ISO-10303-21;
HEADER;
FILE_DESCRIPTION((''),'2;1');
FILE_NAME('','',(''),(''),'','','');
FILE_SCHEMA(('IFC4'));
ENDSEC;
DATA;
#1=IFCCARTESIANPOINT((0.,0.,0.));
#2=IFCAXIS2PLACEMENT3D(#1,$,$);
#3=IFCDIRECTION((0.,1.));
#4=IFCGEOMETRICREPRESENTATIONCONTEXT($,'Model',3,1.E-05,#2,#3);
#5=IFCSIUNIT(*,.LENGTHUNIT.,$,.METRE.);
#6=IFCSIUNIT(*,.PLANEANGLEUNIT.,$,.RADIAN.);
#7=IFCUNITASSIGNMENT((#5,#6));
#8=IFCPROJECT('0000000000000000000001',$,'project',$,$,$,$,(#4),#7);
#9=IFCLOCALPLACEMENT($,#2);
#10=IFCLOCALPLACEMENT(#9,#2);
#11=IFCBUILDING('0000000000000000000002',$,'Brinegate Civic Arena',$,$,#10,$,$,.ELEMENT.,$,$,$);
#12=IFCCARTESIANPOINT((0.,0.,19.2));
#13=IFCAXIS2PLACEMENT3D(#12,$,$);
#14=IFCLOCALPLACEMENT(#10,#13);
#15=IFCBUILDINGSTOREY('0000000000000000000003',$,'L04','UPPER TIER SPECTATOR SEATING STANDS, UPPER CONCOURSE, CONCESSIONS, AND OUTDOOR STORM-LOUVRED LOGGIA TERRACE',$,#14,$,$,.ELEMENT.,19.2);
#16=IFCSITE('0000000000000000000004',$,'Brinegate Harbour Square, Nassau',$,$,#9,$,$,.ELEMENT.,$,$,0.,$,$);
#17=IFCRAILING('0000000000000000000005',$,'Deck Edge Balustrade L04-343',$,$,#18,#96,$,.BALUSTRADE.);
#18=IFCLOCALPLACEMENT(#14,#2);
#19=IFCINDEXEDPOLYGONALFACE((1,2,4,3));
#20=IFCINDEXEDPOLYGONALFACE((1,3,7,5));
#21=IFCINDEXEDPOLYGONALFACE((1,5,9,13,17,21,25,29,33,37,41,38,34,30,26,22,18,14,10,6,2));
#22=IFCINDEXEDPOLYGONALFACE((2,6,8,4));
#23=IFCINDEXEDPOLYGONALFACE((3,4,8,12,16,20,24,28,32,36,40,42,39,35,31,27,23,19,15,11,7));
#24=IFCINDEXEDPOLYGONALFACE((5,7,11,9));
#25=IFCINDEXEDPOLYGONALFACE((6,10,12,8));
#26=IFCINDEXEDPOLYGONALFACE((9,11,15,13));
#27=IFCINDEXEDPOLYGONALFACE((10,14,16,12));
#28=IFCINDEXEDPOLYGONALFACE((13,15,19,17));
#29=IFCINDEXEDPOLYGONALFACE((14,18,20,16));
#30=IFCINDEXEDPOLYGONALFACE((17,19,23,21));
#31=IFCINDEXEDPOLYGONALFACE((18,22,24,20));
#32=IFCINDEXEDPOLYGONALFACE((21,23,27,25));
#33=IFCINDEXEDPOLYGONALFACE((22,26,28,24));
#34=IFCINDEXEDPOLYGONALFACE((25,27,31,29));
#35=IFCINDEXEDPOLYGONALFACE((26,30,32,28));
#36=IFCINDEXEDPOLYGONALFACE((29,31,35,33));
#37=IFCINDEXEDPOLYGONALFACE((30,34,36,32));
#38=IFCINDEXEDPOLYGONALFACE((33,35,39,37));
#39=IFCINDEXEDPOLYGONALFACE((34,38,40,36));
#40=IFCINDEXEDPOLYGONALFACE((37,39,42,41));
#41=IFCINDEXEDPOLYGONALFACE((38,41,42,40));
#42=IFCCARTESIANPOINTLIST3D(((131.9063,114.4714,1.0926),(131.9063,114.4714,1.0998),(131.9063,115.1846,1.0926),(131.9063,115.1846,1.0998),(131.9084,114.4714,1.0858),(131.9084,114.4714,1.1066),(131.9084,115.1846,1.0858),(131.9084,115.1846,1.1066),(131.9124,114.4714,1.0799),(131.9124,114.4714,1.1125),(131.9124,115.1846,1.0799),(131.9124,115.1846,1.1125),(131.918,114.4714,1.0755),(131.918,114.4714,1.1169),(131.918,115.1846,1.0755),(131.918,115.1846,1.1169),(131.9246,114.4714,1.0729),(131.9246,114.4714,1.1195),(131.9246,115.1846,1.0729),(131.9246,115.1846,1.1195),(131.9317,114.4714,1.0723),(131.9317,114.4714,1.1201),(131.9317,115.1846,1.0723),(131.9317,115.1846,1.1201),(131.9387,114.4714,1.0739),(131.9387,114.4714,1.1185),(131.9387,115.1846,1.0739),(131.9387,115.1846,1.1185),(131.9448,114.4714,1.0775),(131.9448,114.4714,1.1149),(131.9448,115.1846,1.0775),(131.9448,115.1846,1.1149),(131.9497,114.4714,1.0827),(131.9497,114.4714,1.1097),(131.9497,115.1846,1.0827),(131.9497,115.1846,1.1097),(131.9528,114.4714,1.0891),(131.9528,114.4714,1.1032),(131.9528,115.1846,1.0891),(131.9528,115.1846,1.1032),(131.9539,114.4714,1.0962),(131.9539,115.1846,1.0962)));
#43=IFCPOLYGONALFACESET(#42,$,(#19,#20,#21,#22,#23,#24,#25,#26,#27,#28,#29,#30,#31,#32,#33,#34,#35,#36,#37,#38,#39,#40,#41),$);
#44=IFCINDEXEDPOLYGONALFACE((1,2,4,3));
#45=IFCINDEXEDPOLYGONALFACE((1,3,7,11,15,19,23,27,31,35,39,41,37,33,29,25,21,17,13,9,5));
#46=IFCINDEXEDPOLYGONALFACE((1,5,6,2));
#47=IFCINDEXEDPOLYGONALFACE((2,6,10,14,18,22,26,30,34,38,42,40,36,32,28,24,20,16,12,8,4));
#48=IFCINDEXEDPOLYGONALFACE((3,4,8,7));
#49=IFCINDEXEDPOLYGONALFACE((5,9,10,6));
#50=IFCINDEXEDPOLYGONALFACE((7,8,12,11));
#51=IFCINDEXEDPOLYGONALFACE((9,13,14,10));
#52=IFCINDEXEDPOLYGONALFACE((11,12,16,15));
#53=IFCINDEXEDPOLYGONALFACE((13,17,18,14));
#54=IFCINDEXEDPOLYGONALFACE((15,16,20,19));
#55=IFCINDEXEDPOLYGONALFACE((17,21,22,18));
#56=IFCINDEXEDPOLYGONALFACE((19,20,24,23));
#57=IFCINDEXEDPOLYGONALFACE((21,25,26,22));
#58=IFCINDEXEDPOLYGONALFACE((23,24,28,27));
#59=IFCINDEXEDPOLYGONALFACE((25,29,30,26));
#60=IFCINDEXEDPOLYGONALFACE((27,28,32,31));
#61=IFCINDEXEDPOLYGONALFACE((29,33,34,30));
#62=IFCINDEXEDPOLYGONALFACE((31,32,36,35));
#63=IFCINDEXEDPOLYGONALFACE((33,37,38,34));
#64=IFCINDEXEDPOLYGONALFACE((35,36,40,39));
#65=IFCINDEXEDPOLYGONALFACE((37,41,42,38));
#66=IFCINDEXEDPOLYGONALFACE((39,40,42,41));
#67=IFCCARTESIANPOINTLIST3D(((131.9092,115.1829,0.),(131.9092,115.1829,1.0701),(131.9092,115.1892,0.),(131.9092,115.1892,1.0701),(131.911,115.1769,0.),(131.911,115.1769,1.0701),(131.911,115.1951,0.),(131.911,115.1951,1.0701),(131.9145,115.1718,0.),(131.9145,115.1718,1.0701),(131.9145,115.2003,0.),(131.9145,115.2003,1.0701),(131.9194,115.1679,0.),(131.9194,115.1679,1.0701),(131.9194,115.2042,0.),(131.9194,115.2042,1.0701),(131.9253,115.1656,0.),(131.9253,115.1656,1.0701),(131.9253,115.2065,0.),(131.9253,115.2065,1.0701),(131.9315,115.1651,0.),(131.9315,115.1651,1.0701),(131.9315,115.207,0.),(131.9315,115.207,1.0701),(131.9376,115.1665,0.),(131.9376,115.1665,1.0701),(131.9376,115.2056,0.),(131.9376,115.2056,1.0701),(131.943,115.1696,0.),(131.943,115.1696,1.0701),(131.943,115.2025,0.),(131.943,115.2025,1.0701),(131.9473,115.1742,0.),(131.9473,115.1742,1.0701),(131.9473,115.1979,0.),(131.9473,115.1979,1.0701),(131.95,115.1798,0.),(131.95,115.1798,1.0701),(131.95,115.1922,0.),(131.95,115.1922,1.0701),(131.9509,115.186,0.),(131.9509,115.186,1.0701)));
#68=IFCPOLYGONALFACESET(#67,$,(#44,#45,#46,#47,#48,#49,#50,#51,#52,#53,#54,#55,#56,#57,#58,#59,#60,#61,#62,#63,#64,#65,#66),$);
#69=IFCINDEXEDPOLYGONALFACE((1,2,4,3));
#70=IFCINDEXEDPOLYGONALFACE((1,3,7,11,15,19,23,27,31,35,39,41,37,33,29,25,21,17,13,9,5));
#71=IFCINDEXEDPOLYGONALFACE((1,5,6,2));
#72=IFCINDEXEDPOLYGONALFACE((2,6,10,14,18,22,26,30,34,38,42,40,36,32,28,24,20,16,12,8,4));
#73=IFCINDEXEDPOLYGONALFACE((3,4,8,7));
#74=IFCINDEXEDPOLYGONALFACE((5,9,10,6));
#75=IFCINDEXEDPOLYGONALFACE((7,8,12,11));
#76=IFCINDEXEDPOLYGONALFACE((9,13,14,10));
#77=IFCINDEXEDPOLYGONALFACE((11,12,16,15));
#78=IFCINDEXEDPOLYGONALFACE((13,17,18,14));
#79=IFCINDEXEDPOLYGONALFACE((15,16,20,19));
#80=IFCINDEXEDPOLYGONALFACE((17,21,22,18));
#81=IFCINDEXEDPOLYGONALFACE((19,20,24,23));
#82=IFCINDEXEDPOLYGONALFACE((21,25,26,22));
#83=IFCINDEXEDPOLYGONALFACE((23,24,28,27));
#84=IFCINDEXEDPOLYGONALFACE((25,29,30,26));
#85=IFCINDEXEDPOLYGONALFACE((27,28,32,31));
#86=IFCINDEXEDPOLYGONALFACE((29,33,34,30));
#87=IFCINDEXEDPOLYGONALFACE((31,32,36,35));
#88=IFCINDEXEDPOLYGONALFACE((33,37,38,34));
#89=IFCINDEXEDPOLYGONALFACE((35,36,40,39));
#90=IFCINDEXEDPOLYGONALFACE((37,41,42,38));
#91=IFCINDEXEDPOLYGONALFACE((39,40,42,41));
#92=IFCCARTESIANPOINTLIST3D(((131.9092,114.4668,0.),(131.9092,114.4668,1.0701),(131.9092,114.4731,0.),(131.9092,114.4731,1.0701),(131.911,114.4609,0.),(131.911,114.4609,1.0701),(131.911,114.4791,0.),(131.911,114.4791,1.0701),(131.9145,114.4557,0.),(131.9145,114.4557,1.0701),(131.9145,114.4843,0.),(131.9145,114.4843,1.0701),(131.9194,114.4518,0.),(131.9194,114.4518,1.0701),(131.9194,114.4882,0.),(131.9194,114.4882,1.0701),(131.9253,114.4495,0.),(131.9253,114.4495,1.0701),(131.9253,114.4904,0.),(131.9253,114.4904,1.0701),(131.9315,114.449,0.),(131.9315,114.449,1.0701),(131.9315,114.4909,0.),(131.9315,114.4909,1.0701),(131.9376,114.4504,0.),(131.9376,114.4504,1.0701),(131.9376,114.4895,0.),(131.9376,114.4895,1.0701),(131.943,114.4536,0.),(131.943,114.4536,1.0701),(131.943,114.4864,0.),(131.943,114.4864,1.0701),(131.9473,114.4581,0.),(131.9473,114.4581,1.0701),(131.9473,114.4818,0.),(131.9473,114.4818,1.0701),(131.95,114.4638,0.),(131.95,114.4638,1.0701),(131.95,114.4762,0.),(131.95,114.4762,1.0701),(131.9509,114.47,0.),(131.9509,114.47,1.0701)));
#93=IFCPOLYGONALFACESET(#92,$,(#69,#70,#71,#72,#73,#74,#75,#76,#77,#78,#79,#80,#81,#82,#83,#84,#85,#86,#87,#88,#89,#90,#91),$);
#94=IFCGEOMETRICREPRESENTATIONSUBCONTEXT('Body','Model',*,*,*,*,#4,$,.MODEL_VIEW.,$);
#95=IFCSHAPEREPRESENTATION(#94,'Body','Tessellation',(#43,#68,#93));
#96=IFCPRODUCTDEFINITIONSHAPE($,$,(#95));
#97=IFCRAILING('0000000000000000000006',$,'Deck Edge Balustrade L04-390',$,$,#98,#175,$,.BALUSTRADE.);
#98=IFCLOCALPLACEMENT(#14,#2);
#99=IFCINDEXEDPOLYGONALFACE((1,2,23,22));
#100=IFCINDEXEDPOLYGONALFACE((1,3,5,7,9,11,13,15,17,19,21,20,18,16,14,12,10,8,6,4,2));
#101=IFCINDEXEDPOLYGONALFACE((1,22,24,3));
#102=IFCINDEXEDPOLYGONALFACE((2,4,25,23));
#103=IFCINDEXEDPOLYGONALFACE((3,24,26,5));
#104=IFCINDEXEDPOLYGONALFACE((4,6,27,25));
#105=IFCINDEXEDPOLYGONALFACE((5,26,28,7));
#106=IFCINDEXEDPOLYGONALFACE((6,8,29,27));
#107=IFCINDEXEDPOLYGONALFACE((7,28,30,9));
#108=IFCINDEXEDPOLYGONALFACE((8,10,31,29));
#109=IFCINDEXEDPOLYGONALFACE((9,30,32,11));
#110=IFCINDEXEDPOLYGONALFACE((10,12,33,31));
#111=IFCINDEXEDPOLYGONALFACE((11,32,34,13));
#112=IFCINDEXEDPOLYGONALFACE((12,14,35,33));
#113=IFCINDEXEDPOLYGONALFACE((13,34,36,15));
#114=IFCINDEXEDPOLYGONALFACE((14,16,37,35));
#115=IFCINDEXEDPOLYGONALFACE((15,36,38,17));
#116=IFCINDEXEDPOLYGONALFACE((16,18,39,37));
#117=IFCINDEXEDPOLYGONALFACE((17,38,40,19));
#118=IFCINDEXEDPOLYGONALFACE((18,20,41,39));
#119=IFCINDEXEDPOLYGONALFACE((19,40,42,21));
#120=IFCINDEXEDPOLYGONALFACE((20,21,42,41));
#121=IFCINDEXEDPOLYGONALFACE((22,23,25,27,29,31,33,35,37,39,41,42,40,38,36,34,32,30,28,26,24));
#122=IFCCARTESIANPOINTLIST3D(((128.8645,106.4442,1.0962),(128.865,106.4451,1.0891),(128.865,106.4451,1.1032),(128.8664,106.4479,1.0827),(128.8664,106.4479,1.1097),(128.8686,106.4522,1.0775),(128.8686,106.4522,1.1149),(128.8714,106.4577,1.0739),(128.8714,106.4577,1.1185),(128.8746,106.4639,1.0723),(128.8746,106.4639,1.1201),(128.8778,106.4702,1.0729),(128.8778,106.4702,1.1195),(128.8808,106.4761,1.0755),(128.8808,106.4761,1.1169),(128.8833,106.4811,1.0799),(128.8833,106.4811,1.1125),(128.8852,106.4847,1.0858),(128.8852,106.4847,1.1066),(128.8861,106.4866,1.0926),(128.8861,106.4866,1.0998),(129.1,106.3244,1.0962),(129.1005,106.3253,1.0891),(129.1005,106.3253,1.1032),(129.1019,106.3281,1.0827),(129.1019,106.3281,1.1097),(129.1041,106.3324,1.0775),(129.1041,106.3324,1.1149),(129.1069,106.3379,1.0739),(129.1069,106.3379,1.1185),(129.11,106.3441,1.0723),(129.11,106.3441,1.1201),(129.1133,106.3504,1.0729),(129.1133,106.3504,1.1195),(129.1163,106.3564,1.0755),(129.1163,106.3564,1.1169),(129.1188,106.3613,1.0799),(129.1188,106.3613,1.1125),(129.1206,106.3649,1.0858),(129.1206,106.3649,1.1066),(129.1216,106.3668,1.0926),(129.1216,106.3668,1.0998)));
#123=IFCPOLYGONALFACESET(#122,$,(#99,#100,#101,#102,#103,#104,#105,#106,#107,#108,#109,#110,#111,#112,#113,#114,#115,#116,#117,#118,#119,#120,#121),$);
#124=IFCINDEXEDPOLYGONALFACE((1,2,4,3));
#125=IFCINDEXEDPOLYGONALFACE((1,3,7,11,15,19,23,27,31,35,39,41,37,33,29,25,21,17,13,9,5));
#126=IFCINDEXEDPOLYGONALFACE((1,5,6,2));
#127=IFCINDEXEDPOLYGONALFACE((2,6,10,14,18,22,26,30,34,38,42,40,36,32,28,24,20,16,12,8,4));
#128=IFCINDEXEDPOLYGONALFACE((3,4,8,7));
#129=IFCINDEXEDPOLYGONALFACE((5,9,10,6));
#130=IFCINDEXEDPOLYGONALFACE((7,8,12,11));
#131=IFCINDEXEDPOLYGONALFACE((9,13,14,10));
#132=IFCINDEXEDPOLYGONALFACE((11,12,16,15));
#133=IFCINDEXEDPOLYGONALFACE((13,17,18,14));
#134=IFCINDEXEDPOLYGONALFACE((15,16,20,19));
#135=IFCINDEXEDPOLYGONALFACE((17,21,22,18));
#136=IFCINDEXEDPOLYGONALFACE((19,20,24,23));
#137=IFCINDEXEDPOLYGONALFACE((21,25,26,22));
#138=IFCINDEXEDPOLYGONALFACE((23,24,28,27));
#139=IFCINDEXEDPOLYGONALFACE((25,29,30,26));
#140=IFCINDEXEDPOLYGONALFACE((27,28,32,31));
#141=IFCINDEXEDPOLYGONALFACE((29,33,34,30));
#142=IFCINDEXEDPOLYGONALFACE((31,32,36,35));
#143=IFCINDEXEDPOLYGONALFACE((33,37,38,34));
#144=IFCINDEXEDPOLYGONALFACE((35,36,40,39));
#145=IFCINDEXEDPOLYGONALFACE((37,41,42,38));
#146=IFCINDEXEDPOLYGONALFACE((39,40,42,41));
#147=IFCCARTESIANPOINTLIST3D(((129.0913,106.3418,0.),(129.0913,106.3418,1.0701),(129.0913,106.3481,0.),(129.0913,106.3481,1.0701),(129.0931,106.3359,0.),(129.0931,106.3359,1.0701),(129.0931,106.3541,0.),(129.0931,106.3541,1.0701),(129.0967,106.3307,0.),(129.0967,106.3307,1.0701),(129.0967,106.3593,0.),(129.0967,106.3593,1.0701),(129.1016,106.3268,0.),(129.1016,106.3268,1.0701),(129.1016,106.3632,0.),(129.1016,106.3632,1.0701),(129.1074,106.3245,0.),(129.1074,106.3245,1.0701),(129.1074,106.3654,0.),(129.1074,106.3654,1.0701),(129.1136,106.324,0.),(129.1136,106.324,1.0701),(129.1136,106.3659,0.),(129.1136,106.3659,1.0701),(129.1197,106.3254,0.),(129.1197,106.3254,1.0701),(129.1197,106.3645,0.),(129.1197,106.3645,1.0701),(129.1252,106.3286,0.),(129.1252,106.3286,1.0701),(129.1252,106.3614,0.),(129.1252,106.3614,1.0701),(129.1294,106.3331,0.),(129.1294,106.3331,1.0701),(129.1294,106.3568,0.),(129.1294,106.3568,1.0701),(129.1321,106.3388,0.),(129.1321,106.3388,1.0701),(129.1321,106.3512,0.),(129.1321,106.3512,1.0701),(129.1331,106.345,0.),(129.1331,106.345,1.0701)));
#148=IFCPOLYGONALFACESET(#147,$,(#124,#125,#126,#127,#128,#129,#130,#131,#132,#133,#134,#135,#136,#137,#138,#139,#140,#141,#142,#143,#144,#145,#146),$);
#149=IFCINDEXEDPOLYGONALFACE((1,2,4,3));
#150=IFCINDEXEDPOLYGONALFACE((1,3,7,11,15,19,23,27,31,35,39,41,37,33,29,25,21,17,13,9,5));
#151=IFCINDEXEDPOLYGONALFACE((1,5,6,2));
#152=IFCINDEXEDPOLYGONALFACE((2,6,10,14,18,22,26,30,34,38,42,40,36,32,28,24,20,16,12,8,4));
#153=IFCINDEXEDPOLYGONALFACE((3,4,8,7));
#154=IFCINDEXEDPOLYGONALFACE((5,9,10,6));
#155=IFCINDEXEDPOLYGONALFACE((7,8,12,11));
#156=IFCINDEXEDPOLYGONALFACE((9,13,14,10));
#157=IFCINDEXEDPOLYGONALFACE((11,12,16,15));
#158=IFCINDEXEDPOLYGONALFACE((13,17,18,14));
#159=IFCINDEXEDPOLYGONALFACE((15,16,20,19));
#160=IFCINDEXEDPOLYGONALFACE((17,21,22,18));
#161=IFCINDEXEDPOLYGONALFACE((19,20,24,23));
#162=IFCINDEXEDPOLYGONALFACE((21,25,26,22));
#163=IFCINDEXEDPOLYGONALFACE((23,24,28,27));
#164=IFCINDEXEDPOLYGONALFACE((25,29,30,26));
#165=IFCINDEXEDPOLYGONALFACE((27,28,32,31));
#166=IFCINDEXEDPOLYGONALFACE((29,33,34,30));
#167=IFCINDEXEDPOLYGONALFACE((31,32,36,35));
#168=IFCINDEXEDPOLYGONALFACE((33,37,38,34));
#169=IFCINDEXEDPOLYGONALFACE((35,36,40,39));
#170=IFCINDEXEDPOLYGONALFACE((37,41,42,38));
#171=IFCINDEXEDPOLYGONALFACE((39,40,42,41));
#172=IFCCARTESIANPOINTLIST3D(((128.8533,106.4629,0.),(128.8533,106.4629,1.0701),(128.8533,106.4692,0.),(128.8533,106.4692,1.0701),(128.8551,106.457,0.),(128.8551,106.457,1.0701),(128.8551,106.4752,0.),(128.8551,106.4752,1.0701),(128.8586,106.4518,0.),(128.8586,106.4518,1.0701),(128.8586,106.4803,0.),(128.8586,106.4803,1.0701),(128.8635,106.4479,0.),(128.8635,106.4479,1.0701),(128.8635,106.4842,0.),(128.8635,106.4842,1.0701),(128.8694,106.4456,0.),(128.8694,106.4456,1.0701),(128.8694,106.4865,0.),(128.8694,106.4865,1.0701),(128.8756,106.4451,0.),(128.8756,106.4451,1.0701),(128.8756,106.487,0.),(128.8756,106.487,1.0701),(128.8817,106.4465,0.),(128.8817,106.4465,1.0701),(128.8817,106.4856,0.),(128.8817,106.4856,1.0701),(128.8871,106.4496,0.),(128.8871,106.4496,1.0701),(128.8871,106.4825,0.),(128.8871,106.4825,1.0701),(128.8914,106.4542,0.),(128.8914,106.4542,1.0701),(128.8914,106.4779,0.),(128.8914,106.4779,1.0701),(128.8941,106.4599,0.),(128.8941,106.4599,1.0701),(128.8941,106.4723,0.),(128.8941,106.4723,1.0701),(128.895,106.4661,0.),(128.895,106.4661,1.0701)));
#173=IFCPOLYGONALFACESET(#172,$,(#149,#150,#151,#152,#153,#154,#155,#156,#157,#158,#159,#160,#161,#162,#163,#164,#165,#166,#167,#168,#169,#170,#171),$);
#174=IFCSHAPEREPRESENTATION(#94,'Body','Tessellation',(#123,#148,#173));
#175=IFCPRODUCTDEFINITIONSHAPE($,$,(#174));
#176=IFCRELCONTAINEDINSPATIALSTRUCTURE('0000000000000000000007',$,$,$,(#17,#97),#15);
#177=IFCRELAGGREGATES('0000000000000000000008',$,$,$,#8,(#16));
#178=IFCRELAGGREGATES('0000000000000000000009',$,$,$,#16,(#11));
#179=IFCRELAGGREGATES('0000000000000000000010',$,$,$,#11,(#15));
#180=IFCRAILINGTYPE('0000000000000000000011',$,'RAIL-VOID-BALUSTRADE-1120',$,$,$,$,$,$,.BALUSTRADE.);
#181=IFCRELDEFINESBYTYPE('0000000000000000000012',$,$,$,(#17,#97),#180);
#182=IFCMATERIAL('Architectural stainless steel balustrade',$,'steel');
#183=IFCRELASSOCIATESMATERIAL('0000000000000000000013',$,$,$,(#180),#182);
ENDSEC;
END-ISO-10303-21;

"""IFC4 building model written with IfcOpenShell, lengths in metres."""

from ifc_helpers import new_model, si_unit, direction, frame, origin, origin_2d, place, context, subcontext, project, spatial, circle, extrude, material, type_object, element, save


model = new_model("IFC4")

# Units and contexts
model_context = context("Model", 3, precision=1e-05, world=origin(), true_north=direction((0.0, 1.0)))
body_context = subcontext(model_context, "Body", "Model", "MODEL_VIEW")
ifc_project = project(units=[si_unit("LENGTHUNIT", "METRE"), si_unit("PLANEANGLEUNIT", "RADIAN")], contexts=[model_context])

# Site, building, storey
site_placement = place(None, origin())
site = spatial("IfcSite", under=ifc_project, at=site_placement, Name="Brinegate Harbour Square, Nassau", CompositionType="ELEMENT", RefElevation=0.0)
building_placement = place(site_placement, origin())
building = spatial("IfcBuilding", under=site, at=building_placement, Name="Brinegate Civic Arena", CompositionType="ELEMENT")
storey_placement = place(building_placement, frame((0.0, 0.0, 19.2)))
storey = spatial("IfcBuildingStorey", under=building, at=storey_placement, Name="L04", Description="UPPER TIER SPECTATOR SEATING STANDS, UPPER CONCOURSE, CONCESSIONS, AND OUTDOOR STORM-LOUVRED LOGGIA TERRACE", CompositionType="ELEMENT", Elevation=19.2)

# Railings
ifc_material_1 = material(Name="Architectural stainless steel balustrade", Category="steel")
railing_type = type_object("IfcRailingType", Name="RAIL-VOID-BALUSTRADE-1120", PredefinedType="BALUSTRADE", material=ifc_material_1)
railing_1_placement = place(storey_placement, frame((131.9299, 115.186, 0.0)))
element("IfcRailing", 1, at=railing_1_placement, inside=storey, type_object=railing_type, Name="Deck Edge Balustrade L04-343", PredefinedType="BALUSTRADE", context=body_context, shape_type="SweptSolid", body=[
    extrude(circle(Radius=0.0239, at=origin_2d()), frame((0.0, -0.0015, 1.0962), z_axis=(0.0, -1.0, 0.0), x_axis=(1.0, 0.0, 0.0)), (0.0, 0.0, 1.0), 0.7131),
    extrude(circle(Radius=0.021, at=origin_2d()), origin(), (0.0, 0.0, 1.0), 1.0701),
    extrude(circle(Radius=0.021, at=origin_2d()), frame((0.0, -0.7161, 0.0)), (0.0, 0.0, 1.0), 1.0701),
])
railing_2_placement = place(storey_placement, frame((129.1121, 106.345, 0.0)))
element("IfcRailing", 2, at=railing_2_placement, inside=storey, type_object=railing_type, Name="Deck Edge Balustrade L04-390", PredefinedType="BALUSTRADE", context=body_context, shape_type="SweptSolid", body=[
    extrude(circle(Radius=0.0239, at=origin_2d()), frame((-0.0012, 0.0007, 1.0962), z_axis=(-0.891297, 0.453419, 0.0), x_axis=(-0.453419, -0.891297, 0.0)), (0.0, 0.0, 1.0), 0.2642),
    extrude(circle(Radius=0.021, at=origin_2d()), origin(), (0.0, 0.0, 1.0), 1.0701),
    extrude(circle(Radius=0.021, at=origin_2d()), frame((-0.238, 0.1211, 0.0)), (0.0, 0.0, 1.0), 1.0701),
])

save(model, "model.ifc")
